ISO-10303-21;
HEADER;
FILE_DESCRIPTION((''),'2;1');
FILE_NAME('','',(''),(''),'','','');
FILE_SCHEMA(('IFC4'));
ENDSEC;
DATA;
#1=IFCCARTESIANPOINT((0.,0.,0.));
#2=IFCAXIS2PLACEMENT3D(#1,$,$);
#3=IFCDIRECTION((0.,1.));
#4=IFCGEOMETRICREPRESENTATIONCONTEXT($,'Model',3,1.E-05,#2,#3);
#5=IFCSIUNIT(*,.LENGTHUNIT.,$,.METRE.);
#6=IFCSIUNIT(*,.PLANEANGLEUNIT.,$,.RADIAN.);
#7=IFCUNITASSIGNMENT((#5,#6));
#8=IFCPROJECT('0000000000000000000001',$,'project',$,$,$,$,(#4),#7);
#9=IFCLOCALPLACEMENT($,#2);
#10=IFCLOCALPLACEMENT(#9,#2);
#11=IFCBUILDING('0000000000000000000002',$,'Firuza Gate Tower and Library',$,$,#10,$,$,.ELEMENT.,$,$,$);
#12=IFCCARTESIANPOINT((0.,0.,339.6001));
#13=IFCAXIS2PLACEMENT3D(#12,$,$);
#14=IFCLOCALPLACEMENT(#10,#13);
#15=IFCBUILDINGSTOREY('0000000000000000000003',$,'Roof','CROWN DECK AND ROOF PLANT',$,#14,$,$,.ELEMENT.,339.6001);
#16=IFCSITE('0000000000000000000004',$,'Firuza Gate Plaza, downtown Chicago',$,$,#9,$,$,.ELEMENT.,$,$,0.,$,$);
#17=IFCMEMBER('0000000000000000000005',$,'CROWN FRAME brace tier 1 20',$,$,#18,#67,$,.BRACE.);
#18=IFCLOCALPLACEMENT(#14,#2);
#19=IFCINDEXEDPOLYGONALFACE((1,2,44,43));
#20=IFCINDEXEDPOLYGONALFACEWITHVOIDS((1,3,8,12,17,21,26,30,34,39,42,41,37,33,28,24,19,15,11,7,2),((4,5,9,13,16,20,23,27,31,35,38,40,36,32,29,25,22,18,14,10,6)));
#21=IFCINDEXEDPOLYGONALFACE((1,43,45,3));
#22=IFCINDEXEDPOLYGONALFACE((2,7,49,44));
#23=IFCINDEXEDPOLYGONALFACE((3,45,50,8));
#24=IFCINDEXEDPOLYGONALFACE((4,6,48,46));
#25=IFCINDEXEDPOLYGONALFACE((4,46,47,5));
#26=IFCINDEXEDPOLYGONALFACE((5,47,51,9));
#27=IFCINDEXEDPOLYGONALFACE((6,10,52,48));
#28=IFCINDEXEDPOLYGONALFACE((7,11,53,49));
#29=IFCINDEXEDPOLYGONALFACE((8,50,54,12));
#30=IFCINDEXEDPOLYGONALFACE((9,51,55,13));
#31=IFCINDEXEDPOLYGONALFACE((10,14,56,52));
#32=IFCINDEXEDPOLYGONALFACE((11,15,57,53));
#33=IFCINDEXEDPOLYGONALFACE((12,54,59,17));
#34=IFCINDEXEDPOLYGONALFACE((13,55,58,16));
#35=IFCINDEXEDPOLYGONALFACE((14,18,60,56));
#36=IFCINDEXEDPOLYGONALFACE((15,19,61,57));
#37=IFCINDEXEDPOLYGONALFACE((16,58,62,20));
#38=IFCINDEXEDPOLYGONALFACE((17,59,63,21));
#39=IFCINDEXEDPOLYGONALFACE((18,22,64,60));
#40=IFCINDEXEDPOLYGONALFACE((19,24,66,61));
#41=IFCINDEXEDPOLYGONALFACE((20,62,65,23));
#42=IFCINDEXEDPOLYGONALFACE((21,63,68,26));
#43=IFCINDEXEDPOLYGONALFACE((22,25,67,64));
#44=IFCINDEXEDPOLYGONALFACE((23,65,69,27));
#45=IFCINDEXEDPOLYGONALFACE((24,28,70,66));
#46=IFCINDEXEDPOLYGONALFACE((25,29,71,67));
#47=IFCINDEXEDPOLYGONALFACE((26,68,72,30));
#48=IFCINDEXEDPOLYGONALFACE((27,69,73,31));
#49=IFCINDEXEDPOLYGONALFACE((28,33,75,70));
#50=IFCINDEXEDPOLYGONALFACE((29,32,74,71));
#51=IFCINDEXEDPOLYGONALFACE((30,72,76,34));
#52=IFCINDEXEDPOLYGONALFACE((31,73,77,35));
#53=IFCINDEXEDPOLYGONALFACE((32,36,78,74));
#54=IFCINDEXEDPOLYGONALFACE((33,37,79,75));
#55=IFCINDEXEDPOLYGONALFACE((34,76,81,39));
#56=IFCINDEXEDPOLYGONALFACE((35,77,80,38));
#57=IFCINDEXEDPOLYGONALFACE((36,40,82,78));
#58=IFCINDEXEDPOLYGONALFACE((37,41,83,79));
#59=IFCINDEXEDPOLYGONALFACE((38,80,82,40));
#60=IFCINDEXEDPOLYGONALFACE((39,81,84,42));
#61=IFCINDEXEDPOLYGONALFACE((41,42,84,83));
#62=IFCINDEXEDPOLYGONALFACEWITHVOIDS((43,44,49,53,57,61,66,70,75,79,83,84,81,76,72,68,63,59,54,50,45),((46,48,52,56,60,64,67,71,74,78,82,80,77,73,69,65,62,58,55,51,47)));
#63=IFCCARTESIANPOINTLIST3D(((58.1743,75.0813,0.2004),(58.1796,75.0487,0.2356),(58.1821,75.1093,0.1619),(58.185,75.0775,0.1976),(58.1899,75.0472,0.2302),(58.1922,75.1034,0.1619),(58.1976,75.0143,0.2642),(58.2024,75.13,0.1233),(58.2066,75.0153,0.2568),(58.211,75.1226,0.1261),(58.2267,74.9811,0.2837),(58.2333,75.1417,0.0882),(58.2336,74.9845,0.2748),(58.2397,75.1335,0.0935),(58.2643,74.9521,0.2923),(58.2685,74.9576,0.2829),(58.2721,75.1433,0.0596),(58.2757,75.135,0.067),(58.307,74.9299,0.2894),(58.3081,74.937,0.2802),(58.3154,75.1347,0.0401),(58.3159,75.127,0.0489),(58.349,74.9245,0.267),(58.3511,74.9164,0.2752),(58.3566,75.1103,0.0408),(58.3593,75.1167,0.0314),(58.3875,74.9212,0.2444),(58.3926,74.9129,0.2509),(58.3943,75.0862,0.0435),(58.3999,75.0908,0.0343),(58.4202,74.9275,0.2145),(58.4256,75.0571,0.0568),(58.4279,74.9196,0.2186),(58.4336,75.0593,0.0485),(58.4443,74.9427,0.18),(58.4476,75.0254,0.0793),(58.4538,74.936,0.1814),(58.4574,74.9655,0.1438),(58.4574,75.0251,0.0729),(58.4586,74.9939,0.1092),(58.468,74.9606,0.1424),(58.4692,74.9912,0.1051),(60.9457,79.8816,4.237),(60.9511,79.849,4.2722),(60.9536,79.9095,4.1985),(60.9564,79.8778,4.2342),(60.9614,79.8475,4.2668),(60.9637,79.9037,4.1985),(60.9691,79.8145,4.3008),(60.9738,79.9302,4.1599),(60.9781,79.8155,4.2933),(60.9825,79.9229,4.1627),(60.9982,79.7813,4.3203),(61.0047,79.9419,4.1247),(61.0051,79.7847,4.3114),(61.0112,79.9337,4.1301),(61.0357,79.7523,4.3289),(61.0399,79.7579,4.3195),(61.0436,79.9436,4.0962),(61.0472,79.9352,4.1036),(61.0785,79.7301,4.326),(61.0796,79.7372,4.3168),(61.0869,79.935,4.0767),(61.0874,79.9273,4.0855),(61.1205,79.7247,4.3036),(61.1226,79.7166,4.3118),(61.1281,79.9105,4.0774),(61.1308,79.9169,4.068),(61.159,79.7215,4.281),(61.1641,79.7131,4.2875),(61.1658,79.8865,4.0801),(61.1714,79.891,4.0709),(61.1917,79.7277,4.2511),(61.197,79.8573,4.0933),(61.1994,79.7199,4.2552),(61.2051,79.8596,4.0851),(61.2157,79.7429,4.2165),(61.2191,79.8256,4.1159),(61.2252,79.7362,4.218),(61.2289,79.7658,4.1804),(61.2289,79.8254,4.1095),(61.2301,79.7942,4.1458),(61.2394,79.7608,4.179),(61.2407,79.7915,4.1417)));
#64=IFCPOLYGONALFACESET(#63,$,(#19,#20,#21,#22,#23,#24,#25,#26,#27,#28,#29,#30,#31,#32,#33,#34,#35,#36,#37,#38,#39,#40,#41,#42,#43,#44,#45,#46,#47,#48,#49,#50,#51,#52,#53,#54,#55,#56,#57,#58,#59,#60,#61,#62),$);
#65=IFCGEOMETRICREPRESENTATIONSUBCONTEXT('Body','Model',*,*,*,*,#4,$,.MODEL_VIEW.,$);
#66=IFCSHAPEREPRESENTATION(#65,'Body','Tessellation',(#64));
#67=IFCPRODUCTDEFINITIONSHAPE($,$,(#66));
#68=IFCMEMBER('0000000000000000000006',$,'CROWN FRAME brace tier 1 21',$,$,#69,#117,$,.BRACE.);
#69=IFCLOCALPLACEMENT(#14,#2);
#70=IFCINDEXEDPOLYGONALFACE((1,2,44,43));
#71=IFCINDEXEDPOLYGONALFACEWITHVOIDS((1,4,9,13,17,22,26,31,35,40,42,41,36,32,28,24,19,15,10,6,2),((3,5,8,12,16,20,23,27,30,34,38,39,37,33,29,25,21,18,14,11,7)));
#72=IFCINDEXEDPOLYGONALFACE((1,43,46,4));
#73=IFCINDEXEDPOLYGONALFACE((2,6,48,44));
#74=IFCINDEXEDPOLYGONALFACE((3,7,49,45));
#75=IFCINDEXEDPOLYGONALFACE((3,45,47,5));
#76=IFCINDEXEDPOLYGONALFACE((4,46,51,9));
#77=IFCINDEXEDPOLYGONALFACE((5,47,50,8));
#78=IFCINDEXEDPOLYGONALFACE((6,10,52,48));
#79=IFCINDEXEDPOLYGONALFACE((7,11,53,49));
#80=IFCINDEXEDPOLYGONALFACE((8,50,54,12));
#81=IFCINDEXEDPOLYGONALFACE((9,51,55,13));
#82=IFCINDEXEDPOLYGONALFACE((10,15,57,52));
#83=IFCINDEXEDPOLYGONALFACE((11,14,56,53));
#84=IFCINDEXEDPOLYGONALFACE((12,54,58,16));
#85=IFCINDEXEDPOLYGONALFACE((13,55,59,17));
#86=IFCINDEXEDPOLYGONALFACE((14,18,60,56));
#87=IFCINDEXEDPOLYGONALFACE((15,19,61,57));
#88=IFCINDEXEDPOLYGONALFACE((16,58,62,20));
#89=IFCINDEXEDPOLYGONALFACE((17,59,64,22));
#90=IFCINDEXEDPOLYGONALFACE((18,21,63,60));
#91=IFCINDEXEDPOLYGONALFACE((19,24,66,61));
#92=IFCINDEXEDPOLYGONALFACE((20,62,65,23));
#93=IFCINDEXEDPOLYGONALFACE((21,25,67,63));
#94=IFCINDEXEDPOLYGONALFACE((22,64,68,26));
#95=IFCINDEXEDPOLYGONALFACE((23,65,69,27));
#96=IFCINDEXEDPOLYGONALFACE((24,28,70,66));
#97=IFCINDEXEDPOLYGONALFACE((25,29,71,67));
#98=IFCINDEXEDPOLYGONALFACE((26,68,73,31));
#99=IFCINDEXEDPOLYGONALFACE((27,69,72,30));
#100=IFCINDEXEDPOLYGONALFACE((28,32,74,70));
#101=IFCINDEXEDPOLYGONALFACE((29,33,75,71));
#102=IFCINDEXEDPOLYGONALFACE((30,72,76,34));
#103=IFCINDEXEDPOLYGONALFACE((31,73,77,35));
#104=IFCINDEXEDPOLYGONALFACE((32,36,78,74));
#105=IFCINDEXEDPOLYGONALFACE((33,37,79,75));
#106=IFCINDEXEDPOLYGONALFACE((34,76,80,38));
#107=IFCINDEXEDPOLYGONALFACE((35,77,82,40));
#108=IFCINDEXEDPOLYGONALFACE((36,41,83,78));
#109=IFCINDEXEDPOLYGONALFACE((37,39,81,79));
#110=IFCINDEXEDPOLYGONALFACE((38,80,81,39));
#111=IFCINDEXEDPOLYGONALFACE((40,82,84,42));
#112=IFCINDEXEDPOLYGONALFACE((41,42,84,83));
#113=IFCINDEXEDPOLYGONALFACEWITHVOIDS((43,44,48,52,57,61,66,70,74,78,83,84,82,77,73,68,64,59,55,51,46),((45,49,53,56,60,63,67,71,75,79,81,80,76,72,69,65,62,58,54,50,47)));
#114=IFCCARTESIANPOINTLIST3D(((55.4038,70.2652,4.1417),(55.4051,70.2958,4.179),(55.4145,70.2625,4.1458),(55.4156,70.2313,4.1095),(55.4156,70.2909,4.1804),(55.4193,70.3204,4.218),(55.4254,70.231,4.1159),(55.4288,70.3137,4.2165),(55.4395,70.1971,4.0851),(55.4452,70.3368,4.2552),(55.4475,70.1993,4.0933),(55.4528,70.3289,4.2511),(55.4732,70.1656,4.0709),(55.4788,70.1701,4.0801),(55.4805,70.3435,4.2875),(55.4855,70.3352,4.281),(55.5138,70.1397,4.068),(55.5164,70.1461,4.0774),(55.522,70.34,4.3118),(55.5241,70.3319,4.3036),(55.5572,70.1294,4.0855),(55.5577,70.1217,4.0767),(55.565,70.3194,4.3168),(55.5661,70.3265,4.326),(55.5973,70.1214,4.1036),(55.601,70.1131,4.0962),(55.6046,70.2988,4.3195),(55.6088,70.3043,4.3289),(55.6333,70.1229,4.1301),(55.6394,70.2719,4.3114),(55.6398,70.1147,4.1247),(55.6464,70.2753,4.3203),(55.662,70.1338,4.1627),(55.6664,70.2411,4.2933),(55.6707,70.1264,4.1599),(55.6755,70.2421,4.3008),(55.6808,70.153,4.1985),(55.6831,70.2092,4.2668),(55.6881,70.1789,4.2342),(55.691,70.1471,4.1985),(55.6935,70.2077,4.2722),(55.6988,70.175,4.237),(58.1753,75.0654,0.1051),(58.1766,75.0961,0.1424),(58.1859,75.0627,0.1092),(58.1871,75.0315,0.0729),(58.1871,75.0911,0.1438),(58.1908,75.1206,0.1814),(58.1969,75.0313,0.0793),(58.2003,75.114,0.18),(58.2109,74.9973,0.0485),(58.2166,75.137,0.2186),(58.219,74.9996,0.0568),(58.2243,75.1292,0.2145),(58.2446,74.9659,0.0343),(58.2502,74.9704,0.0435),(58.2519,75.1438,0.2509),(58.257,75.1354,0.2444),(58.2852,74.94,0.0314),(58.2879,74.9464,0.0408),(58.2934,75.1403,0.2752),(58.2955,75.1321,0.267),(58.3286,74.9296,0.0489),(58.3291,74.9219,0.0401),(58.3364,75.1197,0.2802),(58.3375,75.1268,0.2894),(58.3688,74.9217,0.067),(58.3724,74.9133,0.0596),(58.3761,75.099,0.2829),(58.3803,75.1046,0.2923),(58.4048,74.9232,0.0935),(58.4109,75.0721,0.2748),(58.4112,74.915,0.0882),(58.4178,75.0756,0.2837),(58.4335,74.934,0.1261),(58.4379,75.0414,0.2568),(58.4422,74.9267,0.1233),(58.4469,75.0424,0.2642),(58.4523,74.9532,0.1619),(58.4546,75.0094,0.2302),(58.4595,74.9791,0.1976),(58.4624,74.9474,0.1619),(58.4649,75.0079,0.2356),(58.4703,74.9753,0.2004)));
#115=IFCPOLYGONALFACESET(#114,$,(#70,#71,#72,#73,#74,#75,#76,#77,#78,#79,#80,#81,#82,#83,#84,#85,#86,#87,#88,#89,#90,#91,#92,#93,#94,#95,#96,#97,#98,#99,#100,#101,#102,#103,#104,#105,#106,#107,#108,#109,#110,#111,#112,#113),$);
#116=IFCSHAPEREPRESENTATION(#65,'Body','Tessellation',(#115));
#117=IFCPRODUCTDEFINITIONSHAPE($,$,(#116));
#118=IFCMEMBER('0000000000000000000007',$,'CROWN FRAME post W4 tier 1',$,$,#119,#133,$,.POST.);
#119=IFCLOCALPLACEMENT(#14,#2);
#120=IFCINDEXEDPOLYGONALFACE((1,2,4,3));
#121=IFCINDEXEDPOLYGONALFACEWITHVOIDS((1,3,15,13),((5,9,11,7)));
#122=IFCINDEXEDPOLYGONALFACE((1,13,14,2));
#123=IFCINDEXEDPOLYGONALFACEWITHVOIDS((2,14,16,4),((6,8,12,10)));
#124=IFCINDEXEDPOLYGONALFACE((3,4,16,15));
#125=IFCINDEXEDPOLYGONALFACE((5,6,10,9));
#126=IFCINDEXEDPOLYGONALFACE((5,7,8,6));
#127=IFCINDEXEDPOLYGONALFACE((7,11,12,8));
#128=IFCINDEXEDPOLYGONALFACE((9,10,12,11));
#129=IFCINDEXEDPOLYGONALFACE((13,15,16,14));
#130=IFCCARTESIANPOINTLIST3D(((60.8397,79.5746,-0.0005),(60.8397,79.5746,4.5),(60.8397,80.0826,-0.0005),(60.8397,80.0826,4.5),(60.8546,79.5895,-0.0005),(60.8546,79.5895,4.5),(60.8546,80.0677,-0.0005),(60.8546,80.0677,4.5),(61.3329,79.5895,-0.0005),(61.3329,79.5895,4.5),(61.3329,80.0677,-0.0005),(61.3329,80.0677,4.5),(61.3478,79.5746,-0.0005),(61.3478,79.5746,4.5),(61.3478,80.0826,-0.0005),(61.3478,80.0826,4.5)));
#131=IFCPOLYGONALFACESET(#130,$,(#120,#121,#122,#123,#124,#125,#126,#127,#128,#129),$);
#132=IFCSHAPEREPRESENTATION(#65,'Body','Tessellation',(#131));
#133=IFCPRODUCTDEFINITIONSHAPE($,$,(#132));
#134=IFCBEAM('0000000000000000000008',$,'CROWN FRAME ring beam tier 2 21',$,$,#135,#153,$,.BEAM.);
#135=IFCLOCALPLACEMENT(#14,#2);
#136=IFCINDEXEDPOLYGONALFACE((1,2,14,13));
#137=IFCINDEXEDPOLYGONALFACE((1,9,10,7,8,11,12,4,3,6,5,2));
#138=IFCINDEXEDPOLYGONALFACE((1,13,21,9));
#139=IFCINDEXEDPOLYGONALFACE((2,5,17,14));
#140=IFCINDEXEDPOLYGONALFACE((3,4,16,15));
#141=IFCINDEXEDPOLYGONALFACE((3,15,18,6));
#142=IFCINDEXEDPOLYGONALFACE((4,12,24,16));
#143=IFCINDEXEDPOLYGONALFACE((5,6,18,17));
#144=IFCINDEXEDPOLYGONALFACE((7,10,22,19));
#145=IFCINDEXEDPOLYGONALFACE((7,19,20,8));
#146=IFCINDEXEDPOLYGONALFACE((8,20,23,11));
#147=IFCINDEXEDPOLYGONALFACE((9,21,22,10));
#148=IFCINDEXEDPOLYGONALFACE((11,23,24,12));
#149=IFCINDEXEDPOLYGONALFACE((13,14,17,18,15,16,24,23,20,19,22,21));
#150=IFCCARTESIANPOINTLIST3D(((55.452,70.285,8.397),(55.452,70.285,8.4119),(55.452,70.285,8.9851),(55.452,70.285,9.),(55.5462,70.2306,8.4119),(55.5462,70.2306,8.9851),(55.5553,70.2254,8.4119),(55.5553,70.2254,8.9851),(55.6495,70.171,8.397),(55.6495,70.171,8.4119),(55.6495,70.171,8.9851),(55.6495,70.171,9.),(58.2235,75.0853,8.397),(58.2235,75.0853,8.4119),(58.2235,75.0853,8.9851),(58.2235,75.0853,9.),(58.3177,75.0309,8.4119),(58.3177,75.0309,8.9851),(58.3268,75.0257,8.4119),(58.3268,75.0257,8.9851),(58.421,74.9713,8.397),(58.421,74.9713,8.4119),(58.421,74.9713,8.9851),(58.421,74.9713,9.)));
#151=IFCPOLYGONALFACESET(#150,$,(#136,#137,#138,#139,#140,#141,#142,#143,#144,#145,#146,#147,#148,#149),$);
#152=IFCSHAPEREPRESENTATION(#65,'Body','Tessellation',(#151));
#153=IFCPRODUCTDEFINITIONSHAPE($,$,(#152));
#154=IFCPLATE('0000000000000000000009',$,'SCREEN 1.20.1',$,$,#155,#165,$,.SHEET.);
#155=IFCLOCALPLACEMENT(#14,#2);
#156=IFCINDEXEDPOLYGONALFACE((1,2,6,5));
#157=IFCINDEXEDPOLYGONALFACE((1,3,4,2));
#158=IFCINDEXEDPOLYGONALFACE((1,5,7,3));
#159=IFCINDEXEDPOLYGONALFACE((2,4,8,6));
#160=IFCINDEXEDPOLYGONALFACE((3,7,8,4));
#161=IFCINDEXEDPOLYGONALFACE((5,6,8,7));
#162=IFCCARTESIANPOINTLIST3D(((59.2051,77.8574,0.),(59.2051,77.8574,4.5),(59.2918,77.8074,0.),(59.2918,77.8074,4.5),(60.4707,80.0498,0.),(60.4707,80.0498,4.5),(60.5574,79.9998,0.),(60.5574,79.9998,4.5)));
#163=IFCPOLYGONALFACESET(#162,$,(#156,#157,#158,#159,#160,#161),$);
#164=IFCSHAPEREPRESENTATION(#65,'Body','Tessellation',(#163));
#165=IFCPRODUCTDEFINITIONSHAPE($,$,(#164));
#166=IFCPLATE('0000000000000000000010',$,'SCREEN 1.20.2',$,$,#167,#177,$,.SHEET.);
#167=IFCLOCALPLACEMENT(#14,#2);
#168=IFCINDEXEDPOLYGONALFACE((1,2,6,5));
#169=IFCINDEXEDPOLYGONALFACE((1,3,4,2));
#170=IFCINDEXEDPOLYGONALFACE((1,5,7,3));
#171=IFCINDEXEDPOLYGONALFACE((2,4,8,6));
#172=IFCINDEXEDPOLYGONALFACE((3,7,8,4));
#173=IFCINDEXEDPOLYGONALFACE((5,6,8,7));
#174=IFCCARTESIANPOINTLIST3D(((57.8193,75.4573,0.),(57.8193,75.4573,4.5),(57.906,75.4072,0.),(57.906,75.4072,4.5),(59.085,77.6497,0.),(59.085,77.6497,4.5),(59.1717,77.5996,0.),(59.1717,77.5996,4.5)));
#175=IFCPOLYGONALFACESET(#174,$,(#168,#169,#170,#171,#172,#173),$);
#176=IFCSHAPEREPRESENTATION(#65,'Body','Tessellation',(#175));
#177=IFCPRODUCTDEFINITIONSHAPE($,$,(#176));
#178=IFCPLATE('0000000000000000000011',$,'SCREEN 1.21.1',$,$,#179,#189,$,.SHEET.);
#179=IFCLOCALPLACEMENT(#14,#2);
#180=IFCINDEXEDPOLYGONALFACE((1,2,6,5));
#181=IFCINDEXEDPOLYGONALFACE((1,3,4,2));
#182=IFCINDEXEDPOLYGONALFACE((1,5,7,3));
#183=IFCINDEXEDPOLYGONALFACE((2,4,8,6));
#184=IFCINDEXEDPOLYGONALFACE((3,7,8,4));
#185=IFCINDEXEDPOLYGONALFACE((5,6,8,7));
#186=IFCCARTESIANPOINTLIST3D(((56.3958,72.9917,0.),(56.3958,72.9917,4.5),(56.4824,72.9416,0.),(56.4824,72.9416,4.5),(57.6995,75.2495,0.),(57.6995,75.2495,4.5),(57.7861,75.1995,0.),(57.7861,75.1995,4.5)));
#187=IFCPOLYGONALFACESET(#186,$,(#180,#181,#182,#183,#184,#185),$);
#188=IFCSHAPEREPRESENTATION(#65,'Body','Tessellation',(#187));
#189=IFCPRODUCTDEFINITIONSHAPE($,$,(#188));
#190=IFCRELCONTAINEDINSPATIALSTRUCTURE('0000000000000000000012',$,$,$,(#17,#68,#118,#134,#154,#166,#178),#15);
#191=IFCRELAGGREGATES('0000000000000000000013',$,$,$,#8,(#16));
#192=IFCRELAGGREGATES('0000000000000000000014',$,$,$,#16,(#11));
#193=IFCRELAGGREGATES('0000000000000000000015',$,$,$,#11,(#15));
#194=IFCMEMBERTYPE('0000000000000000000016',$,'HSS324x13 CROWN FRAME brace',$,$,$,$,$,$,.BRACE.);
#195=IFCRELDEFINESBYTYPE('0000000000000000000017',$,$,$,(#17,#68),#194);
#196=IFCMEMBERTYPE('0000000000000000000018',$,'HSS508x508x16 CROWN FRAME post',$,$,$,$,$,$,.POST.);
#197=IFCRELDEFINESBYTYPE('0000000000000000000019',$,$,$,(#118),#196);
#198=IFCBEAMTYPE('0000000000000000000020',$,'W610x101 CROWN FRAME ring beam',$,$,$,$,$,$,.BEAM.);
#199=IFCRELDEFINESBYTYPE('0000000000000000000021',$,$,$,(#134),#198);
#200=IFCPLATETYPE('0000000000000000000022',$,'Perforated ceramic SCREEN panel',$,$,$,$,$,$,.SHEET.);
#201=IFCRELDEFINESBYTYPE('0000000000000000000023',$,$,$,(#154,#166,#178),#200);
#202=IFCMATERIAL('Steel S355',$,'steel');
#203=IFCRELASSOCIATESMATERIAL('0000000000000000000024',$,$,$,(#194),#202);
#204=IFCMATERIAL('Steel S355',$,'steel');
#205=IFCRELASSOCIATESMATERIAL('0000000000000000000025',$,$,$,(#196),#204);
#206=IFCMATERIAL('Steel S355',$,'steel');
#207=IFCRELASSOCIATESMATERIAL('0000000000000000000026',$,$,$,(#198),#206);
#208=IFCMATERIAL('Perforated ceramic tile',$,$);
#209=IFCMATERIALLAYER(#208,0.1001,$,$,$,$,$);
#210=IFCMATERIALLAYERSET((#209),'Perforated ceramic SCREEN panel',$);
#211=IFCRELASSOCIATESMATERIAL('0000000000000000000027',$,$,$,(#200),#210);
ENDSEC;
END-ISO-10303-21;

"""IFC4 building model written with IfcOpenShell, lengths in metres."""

from ifc_helpers import new_model, si_unit, direction, frame, origin, origin_2d, place, context, subcontext, project, spatial, polyline, hollow_rectangle, hollow_circle, i_section, outline, extrude, material, layer, layer_set, material_profile, profile_set, type_object, element, save


model = new_model("IFC4")

# Units and contexts
model_context = context("Model", 3, precision=1e-05, world=origin(), true_north=direction((0.0, 1.0)))
body_context = subcontext(model_context, "Body", "Model", "MODEL_VIEW")
ifc_project = project(units=[si_unit("LENGTHUNIT", "METRE"), si_unit("PLANEANGLEUNIT", "RADIAN")], contexts=[model_context])

# Site, building, storey
site_placement = place(None, origin())
site = spatial("IfcSite", under=ifc_project, at=site_placement, Name="Firuza Gate Plaza, downtown Chicago", CompositionType="ELEMENT", RefElevation=0.0)
building_placement = place(site_placement, origin())
building = spatial("IfcBuilding", under=site, at=building_placement, Name="Firuza Gate Tower and Library", CompositionType="ELEMENT")
storey_placement = place(building_placement, frame((0.0, 0.0, 339.6001)))
storey = spatial("IfcBuildingStorey", under=building, at=storey_placement, Name="Roof", Description="CROWN DECK AND ROOF PLANT", CompositionType="ELEMENT", Elevation=339.6001)

# Members
ifc_material_1 = material(Name="Steel S355", Category="steel")
ifc_material_profile_1 = material_profile(ifc_material_1, hollow_circle(Radius=0.1619, WallThickness=0.0117, at=origin_2d()))
ifc_profile_set_1 = profile_set([ifc_material_profile_1], Name="Steel S355")
member_type_1 = type_object("IfcMemberType", Name="HSS324x13 CROWN FRAME brace", PredefinedType="BRACE", material=ifc_profile_set_1)
for number, where, z_axis, x_axis, name in (
    (1, (58.3223, 75.0283, 0.1619), (0.404184, 0.700059, 0.588687), (-0.866023, 0.500005, 0.0), "CROWN FRAME brace tier 1 20"),
    (2, (58.3223, 75.0283, 0.1619), (-0.404184, -0.700059, 0.588687), (0.866023, -0.500005, 0.0), "CROWN FRAME brace tier 1 21"),
):
    element("IfcMember", number, at=place(storey_placement, frame(where, z_axis=z_axis, x_axis=x_axis)), inside=storey, type_object=member_type_1, Name=name, PredefinedType="BRACE", context=body_context, shape_type="SweptSolid", body=[
        extrude(hollow_circle(Radius=0.1619, WallThickness=0.0117, at=origin_2d()), origin(), (0.0, 0.0, 1.0), 6.8569),
    ])
ifc_material_2 = material(Name="Steel S355", Category="steel")
ifc_material_profile_2 = material_profile(ifc_material_2, hollow_rectangle(XDim=0.5081, YDim=0.5081, WallThickness=0.0149, at=origin_2d()))
ifc_profile_set_2 = profile_set([ifc_material_profile_2], Name="Steel S355")
member_type_2 = type_object("IfcMemberType", Name="HSS508x508x16 CROWN FRAME post", PredefinedType="POST", material=ifc_profile_set_2)
member_1_placement = place(storey_placement, frame((61.0938, 79.8286, -0.0005), z_axis=(0.0, 0.0, 1.0), x_axis=(1.0, 0.0, 0.0)))
element("IfcMember", 3, at=member_1_placement, inside=storey, type_object=member_type_2, Name="CROWN FRAME post W4 tier 1", PredefinedType="POST", context=body_context, shape_type="SweptSolid", body=[
    extrude(hollow_rectangle(XDim=0.5081, YDim=0.5081, WallThickness=0.0149, at=origin_2d()), origin(), (0.0, 0.0, 1.0), 4.5005),
])

# Beam
ifc_material_3 = material(Name="Steel S355", Category="steel")
ifc_material_profile_3 = material_profile(ifc_material_3, i_section(OverallWidth=0.228, OverallDepth=0.603, WebThickness=0.0105, FlangeThickness=0.0149, at=origin_2d()))
ifc_profile_set_3 = profile_set([ifc_material_profile_3], Name="Steel S355")
beam_type = type_object("IfcBeamType", Name="W610x101 CROWN FRAME ring beam", PredefinedType="BEAM", material=ifc_profile_set_3)
beam_placement = place(storey_placement, frame((58.3223, 75.0283, 8.6985), z_axis=(-0.500005, -0.866023, 0.0), x_axis=(0.866023, -0.500005, 0.0)))
element("IfcBeam", 4, at=beam_placement, inside=storey, type_object=beam_type, Name="CROWN FRAME ring beam tier 2 21", PredefinedType="BEAM", context=body_context, shape_type="SweptSolid", body=[
    extrude(i_section(OverallWidth=0.228, OverallDepth=0.603, WebThickness=0.0105, FlangeThickness=0.0149, at=origin_2d()), origin(), (0.0, 0.0, 1.0), 5.543),
])

# Plates
ifc_material_4 = material(Name="Perforated ceramic tile")
ifc_layer = layer(ifc_material_4, 0.1001)
ifc_layer_set = layer_set([ifc_layer], Name="Perforated ceramic SCREEN panel")
plate_type = type_object("IfcPlateType", Name="Perforated ceramic SCREEN panel", PredefinedType="SHEET", material=ifc_layer_set)
for number, where, z_axis, x_axis, name in (
    (5, (60.4707, 80.0498, 0.0), (-0.866051, 0.499956, 0.0), (-0.499956, -0.866051, 0.0), "SCREEN 1.20.1"),
    (6, (59.085, 77.6497, 0.0), (-0.866051, 0.499956, 0.0), (-0.499956, -0.866051, 0.0), "SCREEN 1.20.2"),
):
    element("IfcPlate", number, at=place(storey_placement, frame(where, z_axis=z_axis, x_axis=x_axis)), inside=storey, type_object=plate_type, Name=name, PredefinedType="SHEET", context=body_context, shape_type="SweptSolid", body=[
        extrude(outline(polyline([(0.0, 0.0), (2.5315, 0.0), (2.5315, 4.5), (0.0, 4.5), (0.0, 0.0)])), origin(), (0.0, 0.0, -1.0), 0.1001),
    ])
plate_1_placement = place(storey_placement, frame((57.6995, 75.2495, 0.0), z_axis=(-0.865998, 0.500047, 0.0), x_axis=(-0.500047, -0.865998, 0.0)))
element("IfcPlate", 7, at=plate_1_placement, inside=storey, type_object=plate_type, Name="SCREEN 1.21.1", PredefinedType="SHEET", context=body_context, shape_type="SweptSolid", body=[
    extrude(outline(polyline([(0.0, 0.0), (2.6072, 0.0), (2.6072, 4.5), (0.0, 4.5), (0.0, 0.0)])), origin(), (0.0, 0.0, -1.0), 0.1001),
])

save(model, "model.ifc")
